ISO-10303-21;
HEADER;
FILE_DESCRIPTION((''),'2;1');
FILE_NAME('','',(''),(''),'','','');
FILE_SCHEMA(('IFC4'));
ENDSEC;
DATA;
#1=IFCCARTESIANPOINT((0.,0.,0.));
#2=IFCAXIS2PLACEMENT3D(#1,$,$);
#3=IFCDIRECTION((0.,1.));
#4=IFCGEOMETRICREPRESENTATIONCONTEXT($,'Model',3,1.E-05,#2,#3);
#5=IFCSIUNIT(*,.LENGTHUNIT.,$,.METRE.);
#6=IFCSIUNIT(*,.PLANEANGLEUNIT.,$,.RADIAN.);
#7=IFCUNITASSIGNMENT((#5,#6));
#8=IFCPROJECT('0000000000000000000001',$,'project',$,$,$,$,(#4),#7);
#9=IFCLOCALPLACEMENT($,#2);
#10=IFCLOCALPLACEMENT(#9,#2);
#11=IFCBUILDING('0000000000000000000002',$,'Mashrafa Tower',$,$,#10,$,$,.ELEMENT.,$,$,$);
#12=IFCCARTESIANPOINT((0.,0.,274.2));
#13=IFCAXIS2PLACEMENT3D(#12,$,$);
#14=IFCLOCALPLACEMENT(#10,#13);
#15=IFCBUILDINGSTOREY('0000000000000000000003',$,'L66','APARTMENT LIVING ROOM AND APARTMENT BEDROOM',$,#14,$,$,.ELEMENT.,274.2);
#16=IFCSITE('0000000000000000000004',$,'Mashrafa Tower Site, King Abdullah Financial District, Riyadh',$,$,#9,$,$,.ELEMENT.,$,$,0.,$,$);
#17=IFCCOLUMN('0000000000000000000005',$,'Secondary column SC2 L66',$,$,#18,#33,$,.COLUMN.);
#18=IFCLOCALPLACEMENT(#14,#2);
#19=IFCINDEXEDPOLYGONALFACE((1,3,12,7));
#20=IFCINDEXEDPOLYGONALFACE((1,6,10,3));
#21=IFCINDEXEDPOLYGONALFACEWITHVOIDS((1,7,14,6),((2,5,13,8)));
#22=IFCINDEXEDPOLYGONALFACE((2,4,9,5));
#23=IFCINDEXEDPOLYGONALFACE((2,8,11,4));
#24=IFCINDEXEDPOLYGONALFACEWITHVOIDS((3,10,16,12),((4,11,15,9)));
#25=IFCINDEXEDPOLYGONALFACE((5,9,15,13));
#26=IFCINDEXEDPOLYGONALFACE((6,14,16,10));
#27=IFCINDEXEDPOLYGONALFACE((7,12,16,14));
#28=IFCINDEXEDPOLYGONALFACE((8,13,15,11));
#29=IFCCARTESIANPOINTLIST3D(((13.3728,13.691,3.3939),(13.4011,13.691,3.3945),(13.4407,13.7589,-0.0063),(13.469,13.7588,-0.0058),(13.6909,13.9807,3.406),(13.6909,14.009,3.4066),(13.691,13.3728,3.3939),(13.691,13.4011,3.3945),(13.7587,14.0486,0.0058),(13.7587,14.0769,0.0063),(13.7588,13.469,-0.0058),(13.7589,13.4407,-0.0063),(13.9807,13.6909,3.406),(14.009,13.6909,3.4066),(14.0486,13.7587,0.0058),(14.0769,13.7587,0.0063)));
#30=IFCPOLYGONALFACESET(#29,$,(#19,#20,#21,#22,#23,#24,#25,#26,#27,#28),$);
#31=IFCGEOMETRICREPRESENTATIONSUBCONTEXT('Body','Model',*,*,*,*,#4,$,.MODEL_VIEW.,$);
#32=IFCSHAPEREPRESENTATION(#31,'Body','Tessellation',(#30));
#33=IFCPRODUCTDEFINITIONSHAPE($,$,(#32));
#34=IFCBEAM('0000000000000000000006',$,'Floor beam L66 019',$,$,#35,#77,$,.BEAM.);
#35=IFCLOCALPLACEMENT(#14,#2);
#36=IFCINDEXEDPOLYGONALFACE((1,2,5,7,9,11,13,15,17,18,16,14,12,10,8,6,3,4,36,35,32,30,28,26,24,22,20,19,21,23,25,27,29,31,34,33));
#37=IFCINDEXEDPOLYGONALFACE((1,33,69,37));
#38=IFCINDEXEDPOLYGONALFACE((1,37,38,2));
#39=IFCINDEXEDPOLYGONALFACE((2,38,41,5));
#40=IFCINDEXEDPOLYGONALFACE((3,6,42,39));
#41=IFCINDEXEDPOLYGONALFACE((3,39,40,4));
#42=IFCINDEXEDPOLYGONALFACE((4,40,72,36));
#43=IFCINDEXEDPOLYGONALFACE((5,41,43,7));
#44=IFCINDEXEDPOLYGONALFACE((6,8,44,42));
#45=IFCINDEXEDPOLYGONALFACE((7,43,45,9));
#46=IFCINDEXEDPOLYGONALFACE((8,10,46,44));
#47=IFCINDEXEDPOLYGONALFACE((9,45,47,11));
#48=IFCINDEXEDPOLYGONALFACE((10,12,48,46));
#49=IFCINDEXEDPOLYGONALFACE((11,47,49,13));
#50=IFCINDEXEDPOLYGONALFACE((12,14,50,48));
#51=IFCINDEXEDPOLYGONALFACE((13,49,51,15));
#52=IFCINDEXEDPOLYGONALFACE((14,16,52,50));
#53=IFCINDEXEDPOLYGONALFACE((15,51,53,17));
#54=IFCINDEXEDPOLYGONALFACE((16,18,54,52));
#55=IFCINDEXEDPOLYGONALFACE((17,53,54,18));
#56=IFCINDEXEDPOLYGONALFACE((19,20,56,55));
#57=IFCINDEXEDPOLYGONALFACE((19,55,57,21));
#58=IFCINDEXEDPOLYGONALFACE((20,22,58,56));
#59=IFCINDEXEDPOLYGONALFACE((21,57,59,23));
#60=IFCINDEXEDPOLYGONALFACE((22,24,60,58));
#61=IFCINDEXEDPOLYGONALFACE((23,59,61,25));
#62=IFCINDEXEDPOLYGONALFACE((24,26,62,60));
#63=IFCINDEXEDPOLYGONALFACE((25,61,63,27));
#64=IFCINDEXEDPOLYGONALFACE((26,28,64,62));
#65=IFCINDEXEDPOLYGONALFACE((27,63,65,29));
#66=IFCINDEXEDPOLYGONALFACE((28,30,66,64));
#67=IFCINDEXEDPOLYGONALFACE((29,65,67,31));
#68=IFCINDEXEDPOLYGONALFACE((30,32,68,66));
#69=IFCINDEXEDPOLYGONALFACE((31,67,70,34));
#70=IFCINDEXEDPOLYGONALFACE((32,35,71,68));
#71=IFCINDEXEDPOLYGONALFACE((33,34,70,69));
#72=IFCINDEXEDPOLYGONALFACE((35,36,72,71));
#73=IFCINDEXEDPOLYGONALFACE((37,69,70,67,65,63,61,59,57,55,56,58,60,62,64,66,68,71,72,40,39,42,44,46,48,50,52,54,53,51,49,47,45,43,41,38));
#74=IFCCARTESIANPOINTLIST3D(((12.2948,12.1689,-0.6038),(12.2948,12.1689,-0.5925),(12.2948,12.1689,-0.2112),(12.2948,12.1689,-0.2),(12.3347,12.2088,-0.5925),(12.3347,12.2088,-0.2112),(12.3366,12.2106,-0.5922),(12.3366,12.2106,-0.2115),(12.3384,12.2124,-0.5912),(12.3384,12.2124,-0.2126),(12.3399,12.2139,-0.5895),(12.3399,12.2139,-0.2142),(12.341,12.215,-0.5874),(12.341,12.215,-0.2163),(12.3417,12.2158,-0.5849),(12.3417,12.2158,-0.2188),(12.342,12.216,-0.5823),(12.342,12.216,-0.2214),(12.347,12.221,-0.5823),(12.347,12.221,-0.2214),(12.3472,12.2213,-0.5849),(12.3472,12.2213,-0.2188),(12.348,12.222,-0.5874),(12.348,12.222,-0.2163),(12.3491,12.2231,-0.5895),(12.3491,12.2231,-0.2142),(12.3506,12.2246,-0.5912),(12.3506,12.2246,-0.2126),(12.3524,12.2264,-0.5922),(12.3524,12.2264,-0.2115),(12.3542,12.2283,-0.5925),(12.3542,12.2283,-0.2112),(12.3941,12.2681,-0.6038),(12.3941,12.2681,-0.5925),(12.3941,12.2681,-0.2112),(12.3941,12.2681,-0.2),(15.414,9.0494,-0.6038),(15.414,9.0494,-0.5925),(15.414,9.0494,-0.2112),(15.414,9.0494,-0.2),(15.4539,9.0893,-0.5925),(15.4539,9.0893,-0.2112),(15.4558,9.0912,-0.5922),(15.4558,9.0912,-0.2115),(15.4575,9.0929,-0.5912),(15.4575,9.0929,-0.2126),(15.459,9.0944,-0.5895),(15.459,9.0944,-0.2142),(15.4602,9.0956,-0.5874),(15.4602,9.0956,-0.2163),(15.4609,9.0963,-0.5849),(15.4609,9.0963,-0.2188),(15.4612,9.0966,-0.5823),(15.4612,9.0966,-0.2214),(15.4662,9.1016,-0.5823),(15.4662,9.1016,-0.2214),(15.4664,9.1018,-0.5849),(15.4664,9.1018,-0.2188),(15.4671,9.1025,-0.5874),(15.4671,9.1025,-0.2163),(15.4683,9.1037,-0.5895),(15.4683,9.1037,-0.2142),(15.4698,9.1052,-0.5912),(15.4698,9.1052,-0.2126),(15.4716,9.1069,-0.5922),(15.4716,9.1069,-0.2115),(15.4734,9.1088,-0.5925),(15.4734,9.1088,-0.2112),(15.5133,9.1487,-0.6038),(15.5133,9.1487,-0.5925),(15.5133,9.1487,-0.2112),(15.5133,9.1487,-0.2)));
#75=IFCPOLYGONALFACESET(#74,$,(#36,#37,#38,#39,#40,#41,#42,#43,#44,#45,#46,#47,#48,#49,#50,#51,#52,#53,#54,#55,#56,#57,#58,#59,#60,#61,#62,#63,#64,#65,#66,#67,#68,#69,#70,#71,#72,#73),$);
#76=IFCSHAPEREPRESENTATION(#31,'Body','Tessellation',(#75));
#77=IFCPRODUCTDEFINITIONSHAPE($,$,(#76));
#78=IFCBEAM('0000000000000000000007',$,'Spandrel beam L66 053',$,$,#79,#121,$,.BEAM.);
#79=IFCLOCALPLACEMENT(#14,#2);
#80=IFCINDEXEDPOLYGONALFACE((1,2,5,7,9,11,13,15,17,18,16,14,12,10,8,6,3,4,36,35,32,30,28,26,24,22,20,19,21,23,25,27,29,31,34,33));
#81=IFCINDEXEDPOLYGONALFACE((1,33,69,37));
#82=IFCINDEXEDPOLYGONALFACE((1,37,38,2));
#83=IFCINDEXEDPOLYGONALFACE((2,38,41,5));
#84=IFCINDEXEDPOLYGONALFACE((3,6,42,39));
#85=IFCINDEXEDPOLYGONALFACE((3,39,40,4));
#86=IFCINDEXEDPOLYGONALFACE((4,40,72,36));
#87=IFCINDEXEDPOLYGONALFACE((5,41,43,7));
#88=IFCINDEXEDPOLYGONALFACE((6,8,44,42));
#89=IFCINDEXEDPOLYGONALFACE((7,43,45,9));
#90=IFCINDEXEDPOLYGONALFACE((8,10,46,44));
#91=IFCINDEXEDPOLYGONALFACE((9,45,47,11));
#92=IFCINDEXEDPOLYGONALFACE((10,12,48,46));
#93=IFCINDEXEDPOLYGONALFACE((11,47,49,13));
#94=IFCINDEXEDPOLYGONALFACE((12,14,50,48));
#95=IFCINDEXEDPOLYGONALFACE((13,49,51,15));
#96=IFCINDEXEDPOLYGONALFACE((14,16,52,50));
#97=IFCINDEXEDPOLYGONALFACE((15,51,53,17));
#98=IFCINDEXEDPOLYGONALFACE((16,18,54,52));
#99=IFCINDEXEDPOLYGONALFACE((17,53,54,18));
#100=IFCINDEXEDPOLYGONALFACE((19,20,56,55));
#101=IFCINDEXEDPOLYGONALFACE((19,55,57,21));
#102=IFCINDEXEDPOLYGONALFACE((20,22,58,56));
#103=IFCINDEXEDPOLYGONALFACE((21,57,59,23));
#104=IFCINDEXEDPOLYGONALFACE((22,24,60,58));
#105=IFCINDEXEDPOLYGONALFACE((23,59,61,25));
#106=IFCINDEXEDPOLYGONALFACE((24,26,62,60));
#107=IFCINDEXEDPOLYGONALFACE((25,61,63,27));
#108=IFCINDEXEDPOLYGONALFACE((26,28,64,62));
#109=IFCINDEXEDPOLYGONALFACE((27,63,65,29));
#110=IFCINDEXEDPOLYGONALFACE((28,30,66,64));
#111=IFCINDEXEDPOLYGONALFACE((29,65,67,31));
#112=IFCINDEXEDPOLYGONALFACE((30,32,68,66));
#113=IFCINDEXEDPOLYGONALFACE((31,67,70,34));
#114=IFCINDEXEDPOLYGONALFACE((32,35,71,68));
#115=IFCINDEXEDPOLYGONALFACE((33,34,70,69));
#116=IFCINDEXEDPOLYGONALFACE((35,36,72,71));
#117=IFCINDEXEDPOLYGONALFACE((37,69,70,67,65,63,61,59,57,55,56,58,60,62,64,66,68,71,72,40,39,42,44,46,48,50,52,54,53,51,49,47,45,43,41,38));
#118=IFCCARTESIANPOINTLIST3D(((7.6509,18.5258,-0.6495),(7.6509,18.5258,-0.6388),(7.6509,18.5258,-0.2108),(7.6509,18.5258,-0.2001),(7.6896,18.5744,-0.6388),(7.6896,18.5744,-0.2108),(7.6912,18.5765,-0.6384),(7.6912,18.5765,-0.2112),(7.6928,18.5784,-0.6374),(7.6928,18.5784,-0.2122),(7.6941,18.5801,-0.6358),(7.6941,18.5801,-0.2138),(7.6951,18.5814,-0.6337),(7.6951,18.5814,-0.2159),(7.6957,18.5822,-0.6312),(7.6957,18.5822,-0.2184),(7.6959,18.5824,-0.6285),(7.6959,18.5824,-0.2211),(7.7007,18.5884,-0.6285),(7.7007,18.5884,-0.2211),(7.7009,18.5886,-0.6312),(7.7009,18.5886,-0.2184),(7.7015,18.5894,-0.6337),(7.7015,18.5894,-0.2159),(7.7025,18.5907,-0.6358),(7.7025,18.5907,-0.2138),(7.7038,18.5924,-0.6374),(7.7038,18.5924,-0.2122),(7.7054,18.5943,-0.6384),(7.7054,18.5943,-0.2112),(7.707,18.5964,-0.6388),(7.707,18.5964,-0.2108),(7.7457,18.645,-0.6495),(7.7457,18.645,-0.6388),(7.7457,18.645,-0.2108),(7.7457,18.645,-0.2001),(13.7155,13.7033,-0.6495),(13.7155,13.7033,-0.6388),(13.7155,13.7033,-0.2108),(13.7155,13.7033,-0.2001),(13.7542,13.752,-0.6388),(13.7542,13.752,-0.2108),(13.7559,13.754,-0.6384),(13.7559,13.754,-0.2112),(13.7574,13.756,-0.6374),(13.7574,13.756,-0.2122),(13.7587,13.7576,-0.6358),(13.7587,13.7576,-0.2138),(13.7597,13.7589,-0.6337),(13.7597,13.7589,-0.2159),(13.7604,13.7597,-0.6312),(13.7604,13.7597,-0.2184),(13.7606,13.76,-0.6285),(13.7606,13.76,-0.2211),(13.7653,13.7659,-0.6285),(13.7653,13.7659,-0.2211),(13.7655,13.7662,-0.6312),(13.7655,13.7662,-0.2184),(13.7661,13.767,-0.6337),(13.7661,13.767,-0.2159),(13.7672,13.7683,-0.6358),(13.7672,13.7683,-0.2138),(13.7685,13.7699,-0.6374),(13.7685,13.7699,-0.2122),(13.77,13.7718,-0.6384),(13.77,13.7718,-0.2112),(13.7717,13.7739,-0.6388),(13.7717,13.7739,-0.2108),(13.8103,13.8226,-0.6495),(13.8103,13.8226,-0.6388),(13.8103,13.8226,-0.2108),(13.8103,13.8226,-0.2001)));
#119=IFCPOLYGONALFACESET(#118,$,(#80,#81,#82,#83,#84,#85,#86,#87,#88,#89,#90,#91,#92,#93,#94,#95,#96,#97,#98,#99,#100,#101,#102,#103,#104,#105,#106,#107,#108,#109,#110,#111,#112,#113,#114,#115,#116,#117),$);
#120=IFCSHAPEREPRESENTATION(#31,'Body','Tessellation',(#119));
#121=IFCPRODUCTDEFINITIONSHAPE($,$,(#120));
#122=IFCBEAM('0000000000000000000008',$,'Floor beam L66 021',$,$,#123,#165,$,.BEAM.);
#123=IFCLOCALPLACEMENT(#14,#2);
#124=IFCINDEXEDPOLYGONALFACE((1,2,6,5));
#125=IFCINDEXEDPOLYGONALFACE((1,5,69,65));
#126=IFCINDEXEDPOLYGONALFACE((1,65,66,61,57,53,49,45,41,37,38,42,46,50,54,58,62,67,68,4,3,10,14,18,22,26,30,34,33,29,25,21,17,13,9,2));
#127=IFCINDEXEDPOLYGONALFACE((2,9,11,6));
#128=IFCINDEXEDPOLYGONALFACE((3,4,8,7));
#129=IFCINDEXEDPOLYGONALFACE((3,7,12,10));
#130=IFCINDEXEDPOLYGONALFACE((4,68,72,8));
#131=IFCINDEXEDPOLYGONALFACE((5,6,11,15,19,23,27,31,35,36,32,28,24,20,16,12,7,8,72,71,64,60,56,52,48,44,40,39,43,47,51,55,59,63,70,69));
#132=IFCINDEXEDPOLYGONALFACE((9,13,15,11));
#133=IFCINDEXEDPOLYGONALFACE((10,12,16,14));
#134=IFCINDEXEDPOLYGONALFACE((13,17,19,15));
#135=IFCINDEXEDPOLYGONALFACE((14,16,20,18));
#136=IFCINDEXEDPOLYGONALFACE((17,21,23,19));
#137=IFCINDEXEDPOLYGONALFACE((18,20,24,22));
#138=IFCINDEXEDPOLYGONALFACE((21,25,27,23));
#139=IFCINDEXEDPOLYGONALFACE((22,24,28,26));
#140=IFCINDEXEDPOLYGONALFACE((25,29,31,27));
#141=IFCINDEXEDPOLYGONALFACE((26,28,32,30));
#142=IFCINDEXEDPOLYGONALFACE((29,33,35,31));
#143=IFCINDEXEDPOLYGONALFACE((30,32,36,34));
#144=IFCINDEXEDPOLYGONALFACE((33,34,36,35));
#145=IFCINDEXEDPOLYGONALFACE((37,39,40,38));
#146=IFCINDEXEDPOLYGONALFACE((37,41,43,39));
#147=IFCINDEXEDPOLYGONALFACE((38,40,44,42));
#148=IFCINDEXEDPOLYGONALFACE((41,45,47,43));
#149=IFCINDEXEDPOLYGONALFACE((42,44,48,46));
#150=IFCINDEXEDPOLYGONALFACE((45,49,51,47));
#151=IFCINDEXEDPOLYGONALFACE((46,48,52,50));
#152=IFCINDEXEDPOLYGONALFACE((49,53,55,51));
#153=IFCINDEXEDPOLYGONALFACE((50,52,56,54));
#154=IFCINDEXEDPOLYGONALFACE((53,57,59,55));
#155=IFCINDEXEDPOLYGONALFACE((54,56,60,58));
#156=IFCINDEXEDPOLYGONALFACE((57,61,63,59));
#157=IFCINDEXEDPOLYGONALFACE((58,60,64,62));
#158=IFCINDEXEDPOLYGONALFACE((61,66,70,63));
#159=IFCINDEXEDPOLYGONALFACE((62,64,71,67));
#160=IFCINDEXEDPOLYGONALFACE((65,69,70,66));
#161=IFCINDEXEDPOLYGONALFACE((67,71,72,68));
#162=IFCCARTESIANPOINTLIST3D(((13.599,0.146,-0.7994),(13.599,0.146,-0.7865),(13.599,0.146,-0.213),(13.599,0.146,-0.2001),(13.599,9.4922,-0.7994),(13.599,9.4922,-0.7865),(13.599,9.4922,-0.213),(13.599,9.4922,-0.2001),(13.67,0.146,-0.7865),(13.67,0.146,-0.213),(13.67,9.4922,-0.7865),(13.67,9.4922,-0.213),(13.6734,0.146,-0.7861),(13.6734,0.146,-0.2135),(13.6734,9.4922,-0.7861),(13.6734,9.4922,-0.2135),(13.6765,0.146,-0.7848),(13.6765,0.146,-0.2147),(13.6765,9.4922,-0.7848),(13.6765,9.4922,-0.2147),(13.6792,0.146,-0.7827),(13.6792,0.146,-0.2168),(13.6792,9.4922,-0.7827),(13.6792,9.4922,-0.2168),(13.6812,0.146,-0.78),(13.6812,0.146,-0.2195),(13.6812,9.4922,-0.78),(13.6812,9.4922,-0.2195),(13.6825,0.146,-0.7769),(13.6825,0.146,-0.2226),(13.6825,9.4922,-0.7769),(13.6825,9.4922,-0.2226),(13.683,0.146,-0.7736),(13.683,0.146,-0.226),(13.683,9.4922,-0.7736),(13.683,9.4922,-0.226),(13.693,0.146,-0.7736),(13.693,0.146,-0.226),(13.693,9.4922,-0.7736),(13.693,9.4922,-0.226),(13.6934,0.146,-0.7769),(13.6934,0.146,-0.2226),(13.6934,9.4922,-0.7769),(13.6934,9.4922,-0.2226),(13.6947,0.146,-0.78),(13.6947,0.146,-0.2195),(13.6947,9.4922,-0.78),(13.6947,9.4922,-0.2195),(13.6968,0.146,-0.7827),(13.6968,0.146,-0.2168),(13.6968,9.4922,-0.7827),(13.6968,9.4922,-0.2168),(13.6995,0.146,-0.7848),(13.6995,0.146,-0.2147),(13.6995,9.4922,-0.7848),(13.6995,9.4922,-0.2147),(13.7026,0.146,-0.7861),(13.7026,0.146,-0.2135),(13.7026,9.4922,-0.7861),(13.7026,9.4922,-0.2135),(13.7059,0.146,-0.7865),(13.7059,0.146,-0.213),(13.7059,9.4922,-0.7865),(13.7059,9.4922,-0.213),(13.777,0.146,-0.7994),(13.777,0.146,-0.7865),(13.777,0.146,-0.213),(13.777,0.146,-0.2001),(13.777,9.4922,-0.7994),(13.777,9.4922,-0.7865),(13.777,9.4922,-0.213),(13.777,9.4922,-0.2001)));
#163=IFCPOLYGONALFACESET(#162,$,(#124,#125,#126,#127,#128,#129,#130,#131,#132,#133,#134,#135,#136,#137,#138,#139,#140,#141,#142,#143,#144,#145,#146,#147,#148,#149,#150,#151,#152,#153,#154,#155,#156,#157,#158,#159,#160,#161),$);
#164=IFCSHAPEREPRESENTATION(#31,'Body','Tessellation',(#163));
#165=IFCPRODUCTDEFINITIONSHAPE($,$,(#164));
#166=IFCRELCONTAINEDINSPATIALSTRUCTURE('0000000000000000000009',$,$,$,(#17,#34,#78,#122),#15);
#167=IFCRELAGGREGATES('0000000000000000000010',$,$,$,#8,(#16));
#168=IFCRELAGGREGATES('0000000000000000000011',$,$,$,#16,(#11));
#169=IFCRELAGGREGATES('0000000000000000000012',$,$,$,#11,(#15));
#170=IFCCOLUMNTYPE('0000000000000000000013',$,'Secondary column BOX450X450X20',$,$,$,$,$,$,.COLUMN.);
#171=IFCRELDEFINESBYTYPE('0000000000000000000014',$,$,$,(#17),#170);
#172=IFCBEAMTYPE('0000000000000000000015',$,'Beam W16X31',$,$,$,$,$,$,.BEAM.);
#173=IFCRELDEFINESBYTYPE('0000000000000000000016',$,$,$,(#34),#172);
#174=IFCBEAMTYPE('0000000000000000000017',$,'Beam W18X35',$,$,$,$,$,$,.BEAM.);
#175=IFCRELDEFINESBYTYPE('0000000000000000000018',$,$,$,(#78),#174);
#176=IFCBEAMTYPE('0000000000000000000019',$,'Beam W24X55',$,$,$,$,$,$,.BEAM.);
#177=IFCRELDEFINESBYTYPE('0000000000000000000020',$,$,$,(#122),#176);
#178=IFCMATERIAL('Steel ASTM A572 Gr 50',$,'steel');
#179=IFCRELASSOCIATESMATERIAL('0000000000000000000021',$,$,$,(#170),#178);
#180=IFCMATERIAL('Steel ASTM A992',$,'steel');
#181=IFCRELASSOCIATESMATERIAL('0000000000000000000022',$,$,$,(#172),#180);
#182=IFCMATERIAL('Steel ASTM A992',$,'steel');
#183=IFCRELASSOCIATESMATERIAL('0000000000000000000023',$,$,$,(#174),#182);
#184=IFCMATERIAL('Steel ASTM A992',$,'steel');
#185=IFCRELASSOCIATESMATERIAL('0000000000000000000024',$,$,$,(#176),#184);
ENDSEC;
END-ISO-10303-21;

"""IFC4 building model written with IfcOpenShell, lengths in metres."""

from ifc_helpers import new_model, si_unit, direction, frame, origin, origin_2d, place, context, subcontext, project, spatial, hollow_rectangle, i_section, extrude, material, material_profile, profile_set, type_object, element, save


model = new_model("IFC4")

# Units and contexts
model_context = context("Model", 3, precision=1e-05, world=origin(), true_north=direction((0.0, 1.0)))
body_context = subcontext(model_context, "Body", "Model", "MODEL_VIEW")
ifc_project = project(units=[si_unit("LENGTHUNIT", "METRE"), si_unit("PLANEANGLEUNIT", "RADIAN")], contexts=[model_context])

# Site, building, storey
site_placement = place(None, origin())
site = spatial("IfcSite", under=ifc_project, at=site_placement, Name="Mashrafa Tower Site, King Abdullah Financial District, Riyadh", CompositionType="ELEMENT", RefElevation=0.0)
building_placement = place(site_placement, origin())
building = spatial("IfcBuilding", under=site, at=building_placement, Name="Mashrafa Tower", CompositionType="ELEMENT")
storey_placement = place(building_placement, frame((0.0, 0.0, 274.2)))
storey = spatial("IfcBuildingStorey", under=building, at=storey_placement, Name="L66", Description="APARTMENT LIVING ROOM AND APARTMENT BEDROOM", CompositionType="ELEMENT", Elevation=274.2)

# Column
ifc_material_1 = material(Name="Steel ASTM A572 Gr 50", Category="steel")
ifc_material_profile_1 = material_profile(ifc_material_1, hollow_rectangle(XDim=0.45, YDim=0.45, WallThickness=0.02, at=origin_2d()), Name="BOX450X450X20")
ifc_profile_set_1 = profile_set([ifc_material_profile_1], Name="Steel ASTM A572 Gr 50")
column_type = type_object("IfcColumnType", Name="Secondary column BOX450X450X20", PredefinedType="COLUMN", material=ifc_profile_set_1)
column_placement = place(storey_placement, frame((13.7588, 13.7588, 0.0), z_axis=(-0.019953, -0.019953, 0.999602), x_axis=(0.707107, -0.707107, 0.0)))
element("IfcColumn", 1, at=column_placement, inside=storey, type_object=column_type, Name="Secondary column SC2 L66", PredefinedType="COLUMN", context=body_context, shape_type="SweptSolid", body=[
    extrude(hollow_rectangle(XDim=0.45, YDim=0.45, WallThickness=0.02, at=origin_2d()), origin(), (0.0, 0.0, 1.0), 3.4016),
])

# Beams
ifc_material_2 = material(Name="Steel ASTM A992", Category="steel")
ifc_material_profile_2 = material_profile(ifc_material_2, i_section(OverallWidth=0.1404, OverallDepth=0.4038, WebThickness=0.0071, FlangeThickness=0.0112, FilletRadius=0.0103, at=origin_2d()), Name="W16X31")
ifc_profile_set_2 = profile_set([ifc_material_profile_2], Name="Steel ASTM A992")
beam_type_1 = type_object("IfcBeamType", Name="Beam W16X31", PredefinedType="BEAM", material=ifc_profile_set_2)
beam_1_placement = place(storey_placement, frame((12.3445, 12.2185, -0.4019), z_axis=(0.707079, -0.707134, 0.0), x_axis=(0.707134, 0.707079, 0.0)))
element("IfcBeam", 2, at=beam_1_placement, inside=storey, type_object=beam_type_1, Name="Floor beam L66 019", PredefinedType="BEAM", context=body_context, shape_type="SweptSolid", body=[
    extrude(i_section(OverallWidth=0.1404, OverallDepth=0.4038, WebThickness=0.0071, FlangeThickness=0.0112, FilletRadius=0.0103, at=origin_2d()), origin(), (0.0, 0.0, 1.0), 4.4114),
])
ifc_material_3 = material(Name="Steel ASTM A992", Category="steel")
ifc_material_profile_3 = material_profile(ifc_material_3, i_section(OverallWidth=0.1523, OverallDepth=0.4495, WebThickness=0.0076, FlangeThickness=0.0107, FilletRadius=0.0103, at=origin_2d()), Name="W18X35")
ifc_profile_set_3 = profile_set([ifc_material_profile_3], Name="Steel ASTM A992")
beam_type_2 = type_object("IfcBeamType", Name="Beam W18X35", PredefinedType="BEAM", material=ifc_profile_set_3)
beam_2_placement = place(storey_placement, frame((13.7629, 13.7629, -0.4248), z_axis=(-0.782707, 0.622391, 0.0), x_axis=(-0.622391, -0.782707, 0.0)))
element("IfcBeam", 3, at=beam_2_placement, inside=storey, type_object=beam_type_2, Name="Spandrel beam L66 053", PredefinedType="BEAM", context=body_context, shape_type="SweptSolid", body=[
    extrude(i_section(OverallWidth=0.1523, OverallDepth=0.4495, WebThickness=0.0076, FlangeThickness=0.0107, FilletRadius=0.0103, at=origin_2d()), origin(), (0.0, 0.0, 1.0), 7.7483),
])
ifc_material_4 = material(Name="Steel ASTM A992", Category="steel")
ifc_material_profile_4 = material_profile(ifc_material_4, i_section(OverallWidth=0.178, OverallDepth=0.5994, WebThickness=0.01, FlangeThickness=0.0129, FilletRadius=0.0129, at=origin_2d()), Name="W24X55")
ifc_profile_set_4 = profile_set([ifc_material_profile_4], Name="Steel ASTM A992")
beam_type_3 = type_object("IfcBeamType", Name="Beam W24X55", PredefinedType="BEAM", material=ifc_profile_set_4)
beam_3_placement = place(storey_placement, frame((13.688, 9.4922, -0.4998), z_axis=(0.0, -1.0, 0.0), x_axis=(1.0, 0.0, 0.0)))
element("IfcBeam", 4, at=beam_3_placement, inside=storey, type_object=beam_type_3, Name="Floor beam L66 021", PredefinedType="BEAM", context=body_context, shape_type="SweptSolid", body=[
    extrude(i_section(OverallWidth=0.178, OverallDepth=0.5994, WebThickness=0.01, FlangeThickness=0.0129, FilletRadius=0.0129, at=origin_2d()), origin(), (0.0, 0.0, 1.0), 9.3462),
])

save(model, "model.ifc")
